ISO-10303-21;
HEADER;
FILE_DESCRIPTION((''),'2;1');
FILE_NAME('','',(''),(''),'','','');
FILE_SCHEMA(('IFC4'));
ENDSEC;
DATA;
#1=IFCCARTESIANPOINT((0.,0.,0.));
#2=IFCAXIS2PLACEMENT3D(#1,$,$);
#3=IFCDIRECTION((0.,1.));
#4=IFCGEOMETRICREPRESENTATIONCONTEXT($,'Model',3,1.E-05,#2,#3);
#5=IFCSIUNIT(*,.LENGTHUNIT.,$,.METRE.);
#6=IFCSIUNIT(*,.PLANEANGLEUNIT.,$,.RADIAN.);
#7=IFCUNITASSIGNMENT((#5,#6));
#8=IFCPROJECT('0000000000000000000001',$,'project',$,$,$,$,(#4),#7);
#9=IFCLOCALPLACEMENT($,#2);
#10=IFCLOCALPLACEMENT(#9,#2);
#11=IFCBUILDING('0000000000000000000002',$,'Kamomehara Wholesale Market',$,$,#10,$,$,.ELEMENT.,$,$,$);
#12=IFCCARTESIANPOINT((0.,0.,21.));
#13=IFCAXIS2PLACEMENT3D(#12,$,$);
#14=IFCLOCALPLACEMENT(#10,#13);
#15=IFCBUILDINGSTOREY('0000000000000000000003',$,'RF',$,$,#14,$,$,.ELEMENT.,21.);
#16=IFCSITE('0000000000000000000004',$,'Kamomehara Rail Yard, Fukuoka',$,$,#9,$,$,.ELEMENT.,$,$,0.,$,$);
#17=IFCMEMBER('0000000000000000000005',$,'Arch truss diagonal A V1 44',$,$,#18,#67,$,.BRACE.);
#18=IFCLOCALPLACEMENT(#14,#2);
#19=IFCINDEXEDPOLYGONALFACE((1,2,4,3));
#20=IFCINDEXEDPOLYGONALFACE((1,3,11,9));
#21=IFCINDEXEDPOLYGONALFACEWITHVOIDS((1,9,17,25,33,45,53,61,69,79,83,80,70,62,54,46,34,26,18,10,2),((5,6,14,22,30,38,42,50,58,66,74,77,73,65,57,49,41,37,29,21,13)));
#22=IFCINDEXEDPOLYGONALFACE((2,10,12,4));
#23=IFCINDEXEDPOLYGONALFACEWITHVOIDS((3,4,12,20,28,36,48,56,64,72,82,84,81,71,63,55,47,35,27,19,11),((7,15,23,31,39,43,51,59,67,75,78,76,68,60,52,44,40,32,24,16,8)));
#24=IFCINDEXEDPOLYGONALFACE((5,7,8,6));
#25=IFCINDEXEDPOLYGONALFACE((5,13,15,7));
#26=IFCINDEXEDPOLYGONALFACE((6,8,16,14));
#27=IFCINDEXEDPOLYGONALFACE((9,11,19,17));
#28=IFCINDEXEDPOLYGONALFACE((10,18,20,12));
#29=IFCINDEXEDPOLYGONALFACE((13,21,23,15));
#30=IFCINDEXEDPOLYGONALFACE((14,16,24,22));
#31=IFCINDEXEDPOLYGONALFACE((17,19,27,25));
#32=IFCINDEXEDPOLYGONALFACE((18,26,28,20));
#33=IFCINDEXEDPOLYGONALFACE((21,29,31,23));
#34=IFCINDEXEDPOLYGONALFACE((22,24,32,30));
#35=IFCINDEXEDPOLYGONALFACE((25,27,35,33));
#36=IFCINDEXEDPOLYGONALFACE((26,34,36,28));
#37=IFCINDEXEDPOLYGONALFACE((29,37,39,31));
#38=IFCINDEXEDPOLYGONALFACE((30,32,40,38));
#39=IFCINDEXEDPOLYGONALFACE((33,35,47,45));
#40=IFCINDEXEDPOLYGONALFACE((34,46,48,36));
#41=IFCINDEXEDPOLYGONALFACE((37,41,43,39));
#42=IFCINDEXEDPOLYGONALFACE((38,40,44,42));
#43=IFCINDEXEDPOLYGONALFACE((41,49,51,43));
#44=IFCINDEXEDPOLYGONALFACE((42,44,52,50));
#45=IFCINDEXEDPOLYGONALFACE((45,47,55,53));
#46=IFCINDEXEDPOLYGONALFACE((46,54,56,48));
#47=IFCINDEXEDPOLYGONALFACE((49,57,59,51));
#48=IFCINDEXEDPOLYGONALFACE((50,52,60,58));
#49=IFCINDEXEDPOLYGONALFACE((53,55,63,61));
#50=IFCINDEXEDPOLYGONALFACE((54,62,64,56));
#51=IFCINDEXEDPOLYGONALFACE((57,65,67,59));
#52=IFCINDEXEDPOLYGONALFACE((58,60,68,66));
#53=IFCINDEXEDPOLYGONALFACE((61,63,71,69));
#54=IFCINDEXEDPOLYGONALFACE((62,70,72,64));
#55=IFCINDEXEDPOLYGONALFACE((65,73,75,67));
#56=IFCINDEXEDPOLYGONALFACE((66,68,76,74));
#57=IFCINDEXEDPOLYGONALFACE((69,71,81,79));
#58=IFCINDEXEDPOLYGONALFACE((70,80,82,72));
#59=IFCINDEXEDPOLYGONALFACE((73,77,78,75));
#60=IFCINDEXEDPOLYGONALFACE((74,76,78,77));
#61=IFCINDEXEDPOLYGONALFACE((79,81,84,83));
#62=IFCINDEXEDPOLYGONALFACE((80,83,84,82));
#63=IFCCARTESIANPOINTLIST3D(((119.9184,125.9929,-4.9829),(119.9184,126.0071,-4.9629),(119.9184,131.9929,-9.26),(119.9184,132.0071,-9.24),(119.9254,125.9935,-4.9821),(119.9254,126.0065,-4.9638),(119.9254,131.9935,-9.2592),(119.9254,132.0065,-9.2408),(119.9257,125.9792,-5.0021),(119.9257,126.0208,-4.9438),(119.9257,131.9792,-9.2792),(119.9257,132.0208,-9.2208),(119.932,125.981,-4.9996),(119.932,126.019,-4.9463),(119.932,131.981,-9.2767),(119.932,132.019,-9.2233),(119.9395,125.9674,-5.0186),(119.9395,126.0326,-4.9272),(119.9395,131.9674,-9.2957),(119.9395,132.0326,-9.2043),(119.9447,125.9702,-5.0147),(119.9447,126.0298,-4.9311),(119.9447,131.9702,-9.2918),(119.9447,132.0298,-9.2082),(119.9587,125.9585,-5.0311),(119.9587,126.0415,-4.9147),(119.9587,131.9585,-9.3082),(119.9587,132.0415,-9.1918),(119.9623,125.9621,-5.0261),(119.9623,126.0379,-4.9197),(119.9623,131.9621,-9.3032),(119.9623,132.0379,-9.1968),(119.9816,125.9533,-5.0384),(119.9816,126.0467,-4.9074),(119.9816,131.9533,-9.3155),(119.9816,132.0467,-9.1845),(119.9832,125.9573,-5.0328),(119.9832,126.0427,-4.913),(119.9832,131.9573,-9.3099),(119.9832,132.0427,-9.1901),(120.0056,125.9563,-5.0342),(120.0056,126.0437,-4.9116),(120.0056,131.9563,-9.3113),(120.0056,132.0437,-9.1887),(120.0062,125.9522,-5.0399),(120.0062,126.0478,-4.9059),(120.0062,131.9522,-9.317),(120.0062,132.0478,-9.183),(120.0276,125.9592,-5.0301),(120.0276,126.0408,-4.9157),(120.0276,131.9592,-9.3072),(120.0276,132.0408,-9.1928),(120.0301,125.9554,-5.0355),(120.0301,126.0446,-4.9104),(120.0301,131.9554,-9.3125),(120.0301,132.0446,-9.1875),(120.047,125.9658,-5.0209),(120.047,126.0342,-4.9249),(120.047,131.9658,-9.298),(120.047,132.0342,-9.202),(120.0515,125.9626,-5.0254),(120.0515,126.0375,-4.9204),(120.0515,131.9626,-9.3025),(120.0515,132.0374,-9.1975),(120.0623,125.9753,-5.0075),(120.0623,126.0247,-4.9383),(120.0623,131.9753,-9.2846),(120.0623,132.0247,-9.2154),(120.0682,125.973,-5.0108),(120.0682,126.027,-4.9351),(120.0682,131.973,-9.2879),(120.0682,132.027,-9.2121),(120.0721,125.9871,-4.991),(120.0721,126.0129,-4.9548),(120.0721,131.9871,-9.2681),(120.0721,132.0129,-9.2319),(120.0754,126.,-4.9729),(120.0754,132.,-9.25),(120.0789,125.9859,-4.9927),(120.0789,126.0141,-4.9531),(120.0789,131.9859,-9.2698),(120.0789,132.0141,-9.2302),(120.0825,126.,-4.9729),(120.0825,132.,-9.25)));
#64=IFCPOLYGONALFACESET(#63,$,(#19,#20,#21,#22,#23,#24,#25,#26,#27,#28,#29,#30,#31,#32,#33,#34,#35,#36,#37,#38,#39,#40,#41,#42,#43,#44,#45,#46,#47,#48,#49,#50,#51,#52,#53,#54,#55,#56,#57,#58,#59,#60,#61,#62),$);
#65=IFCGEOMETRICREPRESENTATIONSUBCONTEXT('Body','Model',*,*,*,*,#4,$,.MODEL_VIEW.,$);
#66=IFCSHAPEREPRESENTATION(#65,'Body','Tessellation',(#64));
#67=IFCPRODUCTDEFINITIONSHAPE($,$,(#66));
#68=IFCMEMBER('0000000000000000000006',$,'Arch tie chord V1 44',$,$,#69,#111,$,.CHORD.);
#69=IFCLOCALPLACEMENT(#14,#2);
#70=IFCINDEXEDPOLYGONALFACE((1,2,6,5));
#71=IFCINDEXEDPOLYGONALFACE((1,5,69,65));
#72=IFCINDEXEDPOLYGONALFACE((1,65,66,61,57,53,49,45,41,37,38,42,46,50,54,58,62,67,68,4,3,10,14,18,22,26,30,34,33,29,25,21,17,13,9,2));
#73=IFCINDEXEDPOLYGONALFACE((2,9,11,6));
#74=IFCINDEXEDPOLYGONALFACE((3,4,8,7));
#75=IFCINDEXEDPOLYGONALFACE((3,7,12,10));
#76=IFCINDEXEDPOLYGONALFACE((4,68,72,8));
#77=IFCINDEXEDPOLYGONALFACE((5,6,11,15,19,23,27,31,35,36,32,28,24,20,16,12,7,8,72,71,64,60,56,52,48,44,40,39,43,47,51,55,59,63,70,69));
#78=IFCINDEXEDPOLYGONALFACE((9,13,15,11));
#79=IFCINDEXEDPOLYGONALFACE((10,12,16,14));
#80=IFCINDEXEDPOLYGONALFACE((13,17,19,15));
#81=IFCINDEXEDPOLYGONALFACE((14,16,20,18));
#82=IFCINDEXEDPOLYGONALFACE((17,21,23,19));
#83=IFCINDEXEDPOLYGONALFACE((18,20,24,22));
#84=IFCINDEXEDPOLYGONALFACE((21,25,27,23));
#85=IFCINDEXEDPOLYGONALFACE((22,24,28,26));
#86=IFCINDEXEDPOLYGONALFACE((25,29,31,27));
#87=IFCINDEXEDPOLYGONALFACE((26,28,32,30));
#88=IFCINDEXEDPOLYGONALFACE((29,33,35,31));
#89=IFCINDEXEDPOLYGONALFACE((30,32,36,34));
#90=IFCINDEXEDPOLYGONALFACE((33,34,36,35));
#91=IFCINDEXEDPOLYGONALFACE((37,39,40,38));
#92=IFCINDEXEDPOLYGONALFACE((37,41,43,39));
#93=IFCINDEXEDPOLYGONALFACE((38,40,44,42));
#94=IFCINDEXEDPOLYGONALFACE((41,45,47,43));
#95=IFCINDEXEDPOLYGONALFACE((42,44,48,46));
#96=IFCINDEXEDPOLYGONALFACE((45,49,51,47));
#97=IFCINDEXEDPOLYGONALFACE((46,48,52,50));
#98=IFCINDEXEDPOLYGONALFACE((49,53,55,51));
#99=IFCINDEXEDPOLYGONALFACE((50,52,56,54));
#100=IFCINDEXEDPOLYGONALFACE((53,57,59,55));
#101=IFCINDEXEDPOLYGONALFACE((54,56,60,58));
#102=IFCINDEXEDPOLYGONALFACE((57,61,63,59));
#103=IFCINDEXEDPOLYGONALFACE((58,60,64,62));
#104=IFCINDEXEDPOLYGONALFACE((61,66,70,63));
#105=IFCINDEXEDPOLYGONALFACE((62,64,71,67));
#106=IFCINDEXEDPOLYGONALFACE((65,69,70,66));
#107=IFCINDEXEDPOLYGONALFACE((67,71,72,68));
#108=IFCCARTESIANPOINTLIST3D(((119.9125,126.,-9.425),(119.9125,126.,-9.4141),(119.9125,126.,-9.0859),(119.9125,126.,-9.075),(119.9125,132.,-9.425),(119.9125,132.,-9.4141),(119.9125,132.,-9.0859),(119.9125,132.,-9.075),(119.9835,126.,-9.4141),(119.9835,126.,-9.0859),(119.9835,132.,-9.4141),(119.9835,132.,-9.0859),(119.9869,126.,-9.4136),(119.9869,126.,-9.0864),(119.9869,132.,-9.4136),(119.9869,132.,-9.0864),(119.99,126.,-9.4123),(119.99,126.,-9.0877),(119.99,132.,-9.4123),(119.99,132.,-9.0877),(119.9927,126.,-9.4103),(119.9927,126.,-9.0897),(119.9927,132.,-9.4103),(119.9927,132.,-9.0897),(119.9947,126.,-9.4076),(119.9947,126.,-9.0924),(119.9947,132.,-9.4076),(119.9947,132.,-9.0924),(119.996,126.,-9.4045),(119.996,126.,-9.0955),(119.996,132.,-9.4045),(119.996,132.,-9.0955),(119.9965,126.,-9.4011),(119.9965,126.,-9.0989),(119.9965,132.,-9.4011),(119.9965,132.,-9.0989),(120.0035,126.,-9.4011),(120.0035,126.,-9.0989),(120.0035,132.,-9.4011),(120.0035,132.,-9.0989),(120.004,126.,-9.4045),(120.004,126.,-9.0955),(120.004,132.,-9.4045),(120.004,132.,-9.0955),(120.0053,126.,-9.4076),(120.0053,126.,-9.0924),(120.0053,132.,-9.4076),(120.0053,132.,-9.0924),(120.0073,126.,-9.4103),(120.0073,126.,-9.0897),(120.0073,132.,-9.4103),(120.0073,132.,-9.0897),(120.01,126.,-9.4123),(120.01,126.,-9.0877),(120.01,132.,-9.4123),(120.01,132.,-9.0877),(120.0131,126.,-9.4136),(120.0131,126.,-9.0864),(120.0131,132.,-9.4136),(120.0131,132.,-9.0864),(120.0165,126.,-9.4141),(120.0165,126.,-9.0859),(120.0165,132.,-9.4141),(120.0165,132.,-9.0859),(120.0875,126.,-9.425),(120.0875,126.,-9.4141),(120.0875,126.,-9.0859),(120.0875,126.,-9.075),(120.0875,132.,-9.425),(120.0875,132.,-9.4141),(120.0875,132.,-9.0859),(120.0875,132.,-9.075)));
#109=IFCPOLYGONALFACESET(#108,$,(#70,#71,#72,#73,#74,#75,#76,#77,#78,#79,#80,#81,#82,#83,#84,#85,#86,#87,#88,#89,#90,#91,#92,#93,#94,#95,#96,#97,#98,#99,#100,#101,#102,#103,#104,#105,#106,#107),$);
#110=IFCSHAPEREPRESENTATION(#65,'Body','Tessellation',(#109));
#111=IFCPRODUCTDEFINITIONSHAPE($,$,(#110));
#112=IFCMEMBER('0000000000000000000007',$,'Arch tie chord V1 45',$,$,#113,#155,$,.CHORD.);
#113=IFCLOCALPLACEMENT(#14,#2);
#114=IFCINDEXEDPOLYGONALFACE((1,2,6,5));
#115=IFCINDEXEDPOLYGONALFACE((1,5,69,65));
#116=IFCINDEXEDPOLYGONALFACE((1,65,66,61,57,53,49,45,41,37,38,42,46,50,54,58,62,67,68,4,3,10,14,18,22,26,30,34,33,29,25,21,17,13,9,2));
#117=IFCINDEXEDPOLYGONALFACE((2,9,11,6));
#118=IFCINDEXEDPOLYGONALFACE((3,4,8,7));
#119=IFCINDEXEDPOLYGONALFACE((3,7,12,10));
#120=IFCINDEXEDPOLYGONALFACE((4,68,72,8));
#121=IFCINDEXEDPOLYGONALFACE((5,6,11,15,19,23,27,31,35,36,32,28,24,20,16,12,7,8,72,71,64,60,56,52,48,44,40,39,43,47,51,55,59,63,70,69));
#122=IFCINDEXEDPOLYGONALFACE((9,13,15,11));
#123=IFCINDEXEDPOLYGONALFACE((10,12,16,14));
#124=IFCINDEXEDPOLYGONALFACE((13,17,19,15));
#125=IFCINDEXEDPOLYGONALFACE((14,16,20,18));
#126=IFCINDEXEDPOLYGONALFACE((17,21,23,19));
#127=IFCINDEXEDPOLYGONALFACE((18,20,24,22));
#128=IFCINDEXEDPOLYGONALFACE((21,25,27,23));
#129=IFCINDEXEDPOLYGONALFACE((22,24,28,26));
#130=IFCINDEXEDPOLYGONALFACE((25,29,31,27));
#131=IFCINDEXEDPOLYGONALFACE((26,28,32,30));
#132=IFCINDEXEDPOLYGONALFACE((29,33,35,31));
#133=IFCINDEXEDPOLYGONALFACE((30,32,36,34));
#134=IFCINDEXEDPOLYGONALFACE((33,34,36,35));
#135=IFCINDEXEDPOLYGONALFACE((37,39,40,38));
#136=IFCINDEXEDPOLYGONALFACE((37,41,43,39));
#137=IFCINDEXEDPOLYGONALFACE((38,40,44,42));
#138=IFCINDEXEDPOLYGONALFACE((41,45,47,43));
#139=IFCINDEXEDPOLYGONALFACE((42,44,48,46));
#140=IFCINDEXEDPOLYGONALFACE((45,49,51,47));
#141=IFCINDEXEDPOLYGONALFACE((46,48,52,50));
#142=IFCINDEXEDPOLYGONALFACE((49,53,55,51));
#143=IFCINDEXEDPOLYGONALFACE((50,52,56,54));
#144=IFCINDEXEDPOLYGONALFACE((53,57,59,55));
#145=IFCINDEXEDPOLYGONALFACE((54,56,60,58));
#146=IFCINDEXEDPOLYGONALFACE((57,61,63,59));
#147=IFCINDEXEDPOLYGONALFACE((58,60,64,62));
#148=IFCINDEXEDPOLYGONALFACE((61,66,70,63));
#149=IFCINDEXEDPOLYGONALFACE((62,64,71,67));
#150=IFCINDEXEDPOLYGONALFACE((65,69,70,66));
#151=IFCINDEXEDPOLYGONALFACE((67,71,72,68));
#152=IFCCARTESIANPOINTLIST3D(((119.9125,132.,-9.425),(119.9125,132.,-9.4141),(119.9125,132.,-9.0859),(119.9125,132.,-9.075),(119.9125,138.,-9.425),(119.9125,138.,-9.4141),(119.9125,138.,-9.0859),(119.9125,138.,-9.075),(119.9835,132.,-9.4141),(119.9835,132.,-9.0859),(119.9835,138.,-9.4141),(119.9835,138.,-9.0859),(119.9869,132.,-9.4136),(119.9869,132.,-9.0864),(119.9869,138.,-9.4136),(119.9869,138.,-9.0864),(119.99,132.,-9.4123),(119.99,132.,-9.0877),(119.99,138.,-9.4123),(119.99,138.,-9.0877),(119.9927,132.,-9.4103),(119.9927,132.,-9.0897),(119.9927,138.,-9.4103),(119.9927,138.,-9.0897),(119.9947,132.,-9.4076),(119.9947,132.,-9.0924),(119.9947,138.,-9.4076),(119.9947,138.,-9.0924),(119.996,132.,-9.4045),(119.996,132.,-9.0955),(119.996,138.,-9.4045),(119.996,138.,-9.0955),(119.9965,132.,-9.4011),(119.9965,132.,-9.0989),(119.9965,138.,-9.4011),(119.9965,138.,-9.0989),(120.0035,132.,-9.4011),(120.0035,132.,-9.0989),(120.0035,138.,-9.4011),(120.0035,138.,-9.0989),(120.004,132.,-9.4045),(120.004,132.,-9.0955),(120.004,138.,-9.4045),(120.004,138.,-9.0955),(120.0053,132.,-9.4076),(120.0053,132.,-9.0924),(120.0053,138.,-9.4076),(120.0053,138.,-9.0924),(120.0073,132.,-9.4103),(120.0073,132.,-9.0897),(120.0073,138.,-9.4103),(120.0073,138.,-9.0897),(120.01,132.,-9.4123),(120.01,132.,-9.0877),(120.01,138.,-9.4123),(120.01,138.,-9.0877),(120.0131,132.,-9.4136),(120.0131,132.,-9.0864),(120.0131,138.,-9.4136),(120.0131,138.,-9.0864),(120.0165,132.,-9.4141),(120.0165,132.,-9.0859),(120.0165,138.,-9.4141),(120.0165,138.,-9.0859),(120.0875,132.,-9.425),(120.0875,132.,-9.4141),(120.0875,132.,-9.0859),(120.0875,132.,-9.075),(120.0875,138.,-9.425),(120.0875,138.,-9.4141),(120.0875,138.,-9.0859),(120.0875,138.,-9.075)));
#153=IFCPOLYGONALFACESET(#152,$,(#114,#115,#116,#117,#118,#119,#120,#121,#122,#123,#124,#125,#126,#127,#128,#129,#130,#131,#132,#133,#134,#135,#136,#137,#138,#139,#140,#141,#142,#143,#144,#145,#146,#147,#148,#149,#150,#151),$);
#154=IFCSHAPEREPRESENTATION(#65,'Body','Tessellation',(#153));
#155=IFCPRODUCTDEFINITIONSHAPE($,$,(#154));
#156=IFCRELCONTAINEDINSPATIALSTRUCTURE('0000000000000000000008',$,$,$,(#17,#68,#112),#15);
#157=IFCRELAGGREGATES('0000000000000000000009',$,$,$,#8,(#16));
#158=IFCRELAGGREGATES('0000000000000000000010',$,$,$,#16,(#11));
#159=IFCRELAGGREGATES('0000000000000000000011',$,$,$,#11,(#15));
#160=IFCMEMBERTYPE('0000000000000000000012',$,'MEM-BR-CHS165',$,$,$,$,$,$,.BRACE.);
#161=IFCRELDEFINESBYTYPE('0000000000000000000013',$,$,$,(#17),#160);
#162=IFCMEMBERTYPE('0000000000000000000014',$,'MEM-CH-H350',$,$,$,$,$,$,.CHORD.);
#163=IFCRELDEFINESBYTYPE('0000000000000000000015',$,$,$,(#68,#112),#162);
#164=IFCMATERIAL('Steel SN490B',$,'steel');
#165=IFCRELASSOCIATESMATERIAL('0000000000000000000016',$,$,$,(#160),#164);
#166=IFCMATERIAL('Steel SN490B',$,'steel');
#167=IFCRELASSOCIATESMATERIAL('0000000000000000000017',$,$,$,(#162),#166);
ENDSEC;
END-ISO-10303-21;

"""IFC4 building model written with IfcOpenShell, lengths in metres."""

from ifc_helpers import new_model, si_unit, direction, frame, origin, origin_2d, place, context, subcontext, project, spatial, hollow_circle, i_section, extrude, material, material_profile, profile_set, type_object, element, save


model = new_model("IFC4")

# Units and contexts
model_context = context("Model", 3, precision=1e-05, world=origin(), true_north=direction((0.0, 1.0)))
body_context = subcontext(model_context, "Body", "Model", "MODEL_VIEW")
ifc_project = project(units=[si_unit("LENGTHUNIT", "METRE"), si_unit("PLANEANGLEUNIT", "RADIAN")], contexts=[model_context])

# Site, building, storey
site_placement = place(None, origin())
site = spatial("IfcSite", under=ifc_project, at=site_placement, Name="Kamomehara Rail Yard, Fukuoka", CompositionType="ELEMENT", RefElevation=0.0)
building_placement = place(site_placement, origin())
building = spatial("IfcBuilding", under=site, at=building_placement, Name="Kamomehara Wholesale Market", CompositionType="ELEMENT")
storey_placement = place(building_placement, frame((0.0, 0.0, 21.0)))
storey = spatial("IfcBuildingStorey", under=building, at=storey_placement, Name="RF", CompositionType="ELEMENT", Elevation=21.0)

# Members
ifc_material_1 = material(Name="Steel SN490B", Category="steel")
ifc_material_profile_1 = material_profile(ifc_material_1, hollow_circle(Radius=0.0825, WallThickness=0.0071, at=origin_2d()), Name="CHS-165.2x7.1")
ifc_profile_set_1 = profile_set([ifc_material_profile_1], Name="Steel SN490B")
member_type_1 = type_object("IfcMemberType", Name="MEM-BR-CHS165", PredefinedType="BRACE", material=ifc_profile_set_1)
member_1_placement = place(storey_placement, frame((120.0, 132.0, -9.25), z_axis=(0.0, -0.814286, 0.580464), x_axis=(1.0, 0.0, 0.0)))
element("IfcMember", 1, at=member_1_placement, inside=storey, type_object=member_type_1, Name="Arch truss diagonal A V1 44", PredefinedType="BRACE", context=body_context, shape_type="SweptSolid", body=[
    extrude(hollow_circle(Radius=0.0825, WallThickness=0.0071, at=origin_2d()), origin(), (0.0, 0.0, 1.0), 7.3684),
])
ifc_material_2 = material(Name="Steel SN490B", Category="steel")
ifc_material_profile_2 = material_profile(ifc_material_2, i_section(OverallWidth=0.175, OverallDepth=0.3501, WebThickness=0.0071, FlangeThickness=0.011, FilletRadius=0.0129, at=origin_2d()), Name="H-350x175x7x11")
ifc_profile_set_2 = profile_set([ifc_material_profile_2], Name="Steel SN490B")
member_type_2 = type_object("IfcMemberType", Name="MEM-CH-H350", PredefinedType="CHORD", material=ifc_profile_set_2)
for number, where, z_axis, x_axis, name in (
    (2, (120.0, 126.0, -9.25), (0.0, 1.0, 0.0), (-1.0, 0.0, 0.0), "Arch tie chord V1 44"),
    (3, (120.0, 132.0, -9.25), (0.0, 1.0, 0.0), (-1.0, 0.0, 0.0), "Arch tie chord V1 45"),
):
    element("IfcMember", number, at=place(storey_placement, frame(where, z_axis=z_axis, x_axis=x_axis)), inside=storey, type_object=member_type_2, Name=name, PredefinedType="CHORD", context=body_context, shape_type="SweptSolid", body=[
        extrude(i_section(OverallWidth=0.175, OverallDepth=0.3501, WebThickness=0.0071, FlangeThickness=0.011, FilletRadius=0.0129, at=origin_2d()), origin(), (0.0, 0.0, 1.0), 6.0),
    ])

save(model, "model.ifc")
